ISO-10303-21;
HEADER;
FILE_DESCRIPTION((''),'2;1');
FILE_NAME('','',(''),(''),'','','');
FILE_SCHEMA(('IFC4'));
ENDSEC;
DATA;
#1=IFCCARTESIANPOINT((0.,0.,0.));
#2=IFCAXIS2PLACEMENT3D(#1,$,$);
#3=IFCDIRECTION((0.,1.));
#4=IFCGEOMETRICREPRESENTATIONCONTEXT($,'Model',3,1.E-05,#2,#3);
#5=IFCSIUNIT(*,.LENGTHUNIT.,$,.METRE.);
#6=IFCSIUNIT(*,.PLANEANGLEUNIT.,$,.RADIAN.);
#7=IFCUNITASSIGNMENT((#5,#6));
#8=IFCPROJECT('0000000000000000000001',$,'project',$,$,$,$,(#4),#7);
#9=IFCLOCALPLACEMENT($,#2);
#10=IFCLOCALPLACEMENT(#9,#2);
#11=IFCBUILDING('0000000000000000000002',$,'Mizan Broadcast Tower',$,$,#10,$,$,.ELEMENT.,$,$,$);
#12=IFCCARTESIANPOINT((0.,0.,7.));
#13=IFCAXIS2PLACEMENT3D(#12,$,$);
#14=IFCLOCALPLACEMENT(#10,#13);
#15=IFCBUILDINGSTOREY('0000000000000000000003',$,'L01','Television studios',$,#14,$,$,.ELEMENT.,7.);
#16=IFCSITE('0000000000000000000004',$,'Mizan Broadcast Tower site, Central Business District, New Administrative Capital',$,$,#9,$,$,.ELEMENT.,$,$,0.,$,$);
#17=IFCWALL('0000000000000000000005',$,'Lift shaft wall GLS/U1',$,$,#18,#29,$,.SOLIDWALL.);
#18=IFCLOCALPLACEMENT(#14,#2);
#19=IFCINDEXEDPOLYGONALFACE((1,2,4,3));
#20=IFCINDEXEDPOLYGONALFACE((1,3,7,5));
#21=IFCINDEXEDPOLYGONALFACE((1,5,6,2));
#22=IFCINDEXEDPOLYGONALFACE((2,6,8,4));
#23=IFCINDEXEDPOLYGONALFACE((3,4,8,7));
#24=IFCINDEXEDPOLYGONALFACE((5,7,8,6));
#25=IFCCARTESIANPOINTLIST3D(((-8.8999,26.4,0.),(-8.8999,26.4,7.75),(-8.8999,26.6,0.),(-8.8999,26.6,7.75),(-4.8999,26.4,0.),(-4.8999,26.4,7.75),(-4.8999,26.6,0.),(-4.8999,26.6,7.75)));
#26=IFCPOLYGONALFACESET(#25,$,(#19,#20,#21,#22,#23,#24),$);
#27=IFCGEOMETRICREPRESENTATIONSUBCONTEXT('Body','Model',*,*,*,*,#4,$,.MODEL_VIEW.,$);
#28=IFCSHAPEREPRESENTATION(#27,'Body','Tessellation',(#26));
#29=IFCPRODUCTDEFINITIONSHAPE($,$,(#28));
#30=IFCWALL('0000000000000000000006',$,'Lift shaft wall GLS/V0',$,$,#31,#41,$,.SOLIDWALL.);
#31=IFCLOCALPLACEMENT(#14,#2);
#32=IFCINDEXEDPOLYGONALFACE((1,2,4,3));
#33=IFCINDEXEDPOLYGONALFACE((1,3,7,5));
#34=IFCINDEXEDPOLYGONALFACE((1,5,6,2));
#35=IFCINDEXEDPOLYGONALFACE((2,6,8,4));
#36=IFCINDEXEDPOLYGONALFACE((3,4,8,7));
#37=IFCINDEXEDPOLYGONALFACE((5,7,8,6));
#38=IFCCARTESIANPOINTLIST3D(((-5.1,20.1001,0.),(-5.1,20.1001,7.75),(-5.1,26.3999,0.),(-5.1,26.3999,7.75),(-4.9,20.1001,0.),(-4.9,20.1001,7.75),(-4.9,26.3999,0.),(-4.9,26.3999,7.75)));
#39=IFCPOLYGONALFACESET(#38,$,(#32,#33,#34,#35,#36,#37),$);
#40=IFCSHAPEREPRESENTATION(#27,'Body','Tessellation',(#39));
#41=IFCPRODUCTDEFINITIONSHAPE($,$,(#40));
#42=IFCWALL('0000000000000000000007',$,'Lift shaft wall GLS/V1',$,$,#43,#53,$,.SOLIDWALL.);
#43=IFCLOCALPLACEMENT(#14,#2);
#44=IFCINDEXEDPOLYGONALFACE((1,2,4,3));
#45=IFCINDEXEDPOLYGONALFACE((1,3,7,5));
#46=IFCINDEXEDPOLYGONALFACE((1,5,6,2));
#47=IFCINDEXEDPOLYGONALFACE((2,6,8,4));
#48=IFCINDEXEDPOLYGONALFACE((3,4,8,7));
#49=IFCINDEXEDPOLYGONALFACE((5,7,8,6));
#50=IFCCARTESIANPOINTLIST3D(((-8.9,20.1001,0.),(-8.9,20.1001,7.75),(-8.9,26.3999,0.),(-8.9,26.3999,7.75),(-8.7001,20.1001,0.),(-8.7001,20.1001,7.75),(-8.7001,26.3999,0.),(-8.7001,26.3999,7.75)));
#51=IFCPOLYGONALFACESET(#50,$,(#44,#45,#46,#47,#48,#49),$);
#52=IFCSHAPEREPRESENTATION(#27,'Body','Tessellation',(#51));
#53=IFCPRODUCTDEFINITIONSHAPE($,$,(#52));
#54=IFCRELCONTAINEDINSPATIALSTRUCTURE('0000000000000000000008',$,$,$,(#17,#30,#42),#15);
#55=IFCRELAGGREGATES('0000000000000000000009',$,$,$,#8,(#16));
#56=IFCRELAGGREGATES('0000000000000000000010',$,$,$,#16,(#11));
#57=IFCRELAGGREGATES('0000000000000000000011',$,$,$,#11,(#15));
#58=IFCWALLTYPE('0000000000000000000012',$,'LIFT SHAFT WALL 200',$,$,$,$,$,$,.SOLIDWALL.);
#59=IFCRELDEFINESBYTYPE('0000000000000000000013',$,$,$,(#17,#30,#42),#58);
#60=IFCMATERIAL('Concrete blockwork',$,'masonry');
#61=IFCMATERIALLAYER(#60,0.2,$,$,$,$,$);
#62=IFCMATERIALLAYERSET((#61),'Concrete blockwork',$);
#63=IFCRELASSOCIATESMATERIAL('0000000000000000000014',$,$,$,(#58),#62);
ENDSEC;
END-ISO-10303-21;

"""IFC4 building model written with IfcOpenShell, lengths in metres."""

from ifc_helpers import new_model, si_unit, direction, frame, frame_2d, origin, place, context, subcontext, project, spatial, rectangle, extrude, material, layer, layer_set, type_object, element, save


model = new_model("IFC4")

# Units and contexts
model_context = context("Model", 3, precision=1e-05, world=origin(), true_north=direction((0.0, 1.0)))
body_context = subcontext(model_context, "Body", "Model", "MODEL_VIEW")
ifc_project = project(units=[si_unit("LENGTHUNIT", "METRE"), si_unit("PLANEANGLEUNIT", "RADIAN")], contexts=[model_context])

# Site, building, storey
site_placement = place(None, origin())
site = spatial("IfcSite", under=ifc_project, at=site_placement, Name="Mizan Broadcast Tower site, Central Business District, New Administrative Capital", CompositionType="ELEMENT", RefElevation=0.0)
building_placement = place(site_placement, origin())
building = spatial("IfcBuilding", under=site, at=building_placement, Name="Mizan Broadcast Tower", CompositionType="ELEMENT")
storey_placement = place(building_placement, frame((0.0, 0.0, 7.0)))
storey = spatial("IfcBuildingStorey", under=building, at=storey_placement, Name="L01", Description="Television studios", CompositionType="ELEMENT", Elevation=7.0)

# Shared definitions
ifc_material_1 = material(Name="Concrete blockwork", Category="masonry")
ifc_layer_1 = layer(ifc_material_1, 0.2)
ifc_layer_set_1 = layer_set([ifc_layer_1], Name="Concrete blockwork")
wall_type = type_object("IfcWallType", Name="LIFT SHAFT WALL 200", PredefinedType="SOLIDWALL", material=ifc_layer_set_1)

# Walls
wall_1_placement = place(storey_placement, frame((-8.8999, 26.5, 0.0), z_axis=(0.0, 0.0, 1.0), x_axis=(1.0, 0.0, 0.0)))
element("IfcWall", 1, at=wall_1_placement, inside=storey, type_object=wall_type, Name="Lift shaft wall GLS/U1", PredefinedType="SOLIDWALL", context=body_context, shape_type="SweptSolid", body=[
    extrude(rectangle(XDim=4.0, YDim=0.2, at=frame_2d((2.0, 0.0))), origin(), (0.0, 0.0, 1.0), 7.75),
])
for number, where, z_axis, x_axis, name in (
    (2, (-5.0, 20.1001, 0.0), (0.0, 0.0, 1.0), (0.0, 1.0, 0.0), "Lift shaft wall GLS/V0"),
    (3, (-8.8, 26.3999, 0.0), (0.0, 0.0, 1.0), (0.0, -1.0, 0.0), "Lift shaft wall GLS/V1"),
):
    element("IfcWall", number, at=place(storey_placement, frame(where, z_axis=z_axis, x_axis=x_axis)), inside=storey, type_object=wall_type, Name=name, PredefinedType="SOLIDWALL", context=body_context, shape_type="SweptSolid", body=[
        extrude(rectangle(XDim=6.2998, YDim=0.2, at=frame_2d((3.1499, 0.0))), origin(), (0.0, 0.0, 1.0), 7.75),
    ])

save(model, "model.ifc")
